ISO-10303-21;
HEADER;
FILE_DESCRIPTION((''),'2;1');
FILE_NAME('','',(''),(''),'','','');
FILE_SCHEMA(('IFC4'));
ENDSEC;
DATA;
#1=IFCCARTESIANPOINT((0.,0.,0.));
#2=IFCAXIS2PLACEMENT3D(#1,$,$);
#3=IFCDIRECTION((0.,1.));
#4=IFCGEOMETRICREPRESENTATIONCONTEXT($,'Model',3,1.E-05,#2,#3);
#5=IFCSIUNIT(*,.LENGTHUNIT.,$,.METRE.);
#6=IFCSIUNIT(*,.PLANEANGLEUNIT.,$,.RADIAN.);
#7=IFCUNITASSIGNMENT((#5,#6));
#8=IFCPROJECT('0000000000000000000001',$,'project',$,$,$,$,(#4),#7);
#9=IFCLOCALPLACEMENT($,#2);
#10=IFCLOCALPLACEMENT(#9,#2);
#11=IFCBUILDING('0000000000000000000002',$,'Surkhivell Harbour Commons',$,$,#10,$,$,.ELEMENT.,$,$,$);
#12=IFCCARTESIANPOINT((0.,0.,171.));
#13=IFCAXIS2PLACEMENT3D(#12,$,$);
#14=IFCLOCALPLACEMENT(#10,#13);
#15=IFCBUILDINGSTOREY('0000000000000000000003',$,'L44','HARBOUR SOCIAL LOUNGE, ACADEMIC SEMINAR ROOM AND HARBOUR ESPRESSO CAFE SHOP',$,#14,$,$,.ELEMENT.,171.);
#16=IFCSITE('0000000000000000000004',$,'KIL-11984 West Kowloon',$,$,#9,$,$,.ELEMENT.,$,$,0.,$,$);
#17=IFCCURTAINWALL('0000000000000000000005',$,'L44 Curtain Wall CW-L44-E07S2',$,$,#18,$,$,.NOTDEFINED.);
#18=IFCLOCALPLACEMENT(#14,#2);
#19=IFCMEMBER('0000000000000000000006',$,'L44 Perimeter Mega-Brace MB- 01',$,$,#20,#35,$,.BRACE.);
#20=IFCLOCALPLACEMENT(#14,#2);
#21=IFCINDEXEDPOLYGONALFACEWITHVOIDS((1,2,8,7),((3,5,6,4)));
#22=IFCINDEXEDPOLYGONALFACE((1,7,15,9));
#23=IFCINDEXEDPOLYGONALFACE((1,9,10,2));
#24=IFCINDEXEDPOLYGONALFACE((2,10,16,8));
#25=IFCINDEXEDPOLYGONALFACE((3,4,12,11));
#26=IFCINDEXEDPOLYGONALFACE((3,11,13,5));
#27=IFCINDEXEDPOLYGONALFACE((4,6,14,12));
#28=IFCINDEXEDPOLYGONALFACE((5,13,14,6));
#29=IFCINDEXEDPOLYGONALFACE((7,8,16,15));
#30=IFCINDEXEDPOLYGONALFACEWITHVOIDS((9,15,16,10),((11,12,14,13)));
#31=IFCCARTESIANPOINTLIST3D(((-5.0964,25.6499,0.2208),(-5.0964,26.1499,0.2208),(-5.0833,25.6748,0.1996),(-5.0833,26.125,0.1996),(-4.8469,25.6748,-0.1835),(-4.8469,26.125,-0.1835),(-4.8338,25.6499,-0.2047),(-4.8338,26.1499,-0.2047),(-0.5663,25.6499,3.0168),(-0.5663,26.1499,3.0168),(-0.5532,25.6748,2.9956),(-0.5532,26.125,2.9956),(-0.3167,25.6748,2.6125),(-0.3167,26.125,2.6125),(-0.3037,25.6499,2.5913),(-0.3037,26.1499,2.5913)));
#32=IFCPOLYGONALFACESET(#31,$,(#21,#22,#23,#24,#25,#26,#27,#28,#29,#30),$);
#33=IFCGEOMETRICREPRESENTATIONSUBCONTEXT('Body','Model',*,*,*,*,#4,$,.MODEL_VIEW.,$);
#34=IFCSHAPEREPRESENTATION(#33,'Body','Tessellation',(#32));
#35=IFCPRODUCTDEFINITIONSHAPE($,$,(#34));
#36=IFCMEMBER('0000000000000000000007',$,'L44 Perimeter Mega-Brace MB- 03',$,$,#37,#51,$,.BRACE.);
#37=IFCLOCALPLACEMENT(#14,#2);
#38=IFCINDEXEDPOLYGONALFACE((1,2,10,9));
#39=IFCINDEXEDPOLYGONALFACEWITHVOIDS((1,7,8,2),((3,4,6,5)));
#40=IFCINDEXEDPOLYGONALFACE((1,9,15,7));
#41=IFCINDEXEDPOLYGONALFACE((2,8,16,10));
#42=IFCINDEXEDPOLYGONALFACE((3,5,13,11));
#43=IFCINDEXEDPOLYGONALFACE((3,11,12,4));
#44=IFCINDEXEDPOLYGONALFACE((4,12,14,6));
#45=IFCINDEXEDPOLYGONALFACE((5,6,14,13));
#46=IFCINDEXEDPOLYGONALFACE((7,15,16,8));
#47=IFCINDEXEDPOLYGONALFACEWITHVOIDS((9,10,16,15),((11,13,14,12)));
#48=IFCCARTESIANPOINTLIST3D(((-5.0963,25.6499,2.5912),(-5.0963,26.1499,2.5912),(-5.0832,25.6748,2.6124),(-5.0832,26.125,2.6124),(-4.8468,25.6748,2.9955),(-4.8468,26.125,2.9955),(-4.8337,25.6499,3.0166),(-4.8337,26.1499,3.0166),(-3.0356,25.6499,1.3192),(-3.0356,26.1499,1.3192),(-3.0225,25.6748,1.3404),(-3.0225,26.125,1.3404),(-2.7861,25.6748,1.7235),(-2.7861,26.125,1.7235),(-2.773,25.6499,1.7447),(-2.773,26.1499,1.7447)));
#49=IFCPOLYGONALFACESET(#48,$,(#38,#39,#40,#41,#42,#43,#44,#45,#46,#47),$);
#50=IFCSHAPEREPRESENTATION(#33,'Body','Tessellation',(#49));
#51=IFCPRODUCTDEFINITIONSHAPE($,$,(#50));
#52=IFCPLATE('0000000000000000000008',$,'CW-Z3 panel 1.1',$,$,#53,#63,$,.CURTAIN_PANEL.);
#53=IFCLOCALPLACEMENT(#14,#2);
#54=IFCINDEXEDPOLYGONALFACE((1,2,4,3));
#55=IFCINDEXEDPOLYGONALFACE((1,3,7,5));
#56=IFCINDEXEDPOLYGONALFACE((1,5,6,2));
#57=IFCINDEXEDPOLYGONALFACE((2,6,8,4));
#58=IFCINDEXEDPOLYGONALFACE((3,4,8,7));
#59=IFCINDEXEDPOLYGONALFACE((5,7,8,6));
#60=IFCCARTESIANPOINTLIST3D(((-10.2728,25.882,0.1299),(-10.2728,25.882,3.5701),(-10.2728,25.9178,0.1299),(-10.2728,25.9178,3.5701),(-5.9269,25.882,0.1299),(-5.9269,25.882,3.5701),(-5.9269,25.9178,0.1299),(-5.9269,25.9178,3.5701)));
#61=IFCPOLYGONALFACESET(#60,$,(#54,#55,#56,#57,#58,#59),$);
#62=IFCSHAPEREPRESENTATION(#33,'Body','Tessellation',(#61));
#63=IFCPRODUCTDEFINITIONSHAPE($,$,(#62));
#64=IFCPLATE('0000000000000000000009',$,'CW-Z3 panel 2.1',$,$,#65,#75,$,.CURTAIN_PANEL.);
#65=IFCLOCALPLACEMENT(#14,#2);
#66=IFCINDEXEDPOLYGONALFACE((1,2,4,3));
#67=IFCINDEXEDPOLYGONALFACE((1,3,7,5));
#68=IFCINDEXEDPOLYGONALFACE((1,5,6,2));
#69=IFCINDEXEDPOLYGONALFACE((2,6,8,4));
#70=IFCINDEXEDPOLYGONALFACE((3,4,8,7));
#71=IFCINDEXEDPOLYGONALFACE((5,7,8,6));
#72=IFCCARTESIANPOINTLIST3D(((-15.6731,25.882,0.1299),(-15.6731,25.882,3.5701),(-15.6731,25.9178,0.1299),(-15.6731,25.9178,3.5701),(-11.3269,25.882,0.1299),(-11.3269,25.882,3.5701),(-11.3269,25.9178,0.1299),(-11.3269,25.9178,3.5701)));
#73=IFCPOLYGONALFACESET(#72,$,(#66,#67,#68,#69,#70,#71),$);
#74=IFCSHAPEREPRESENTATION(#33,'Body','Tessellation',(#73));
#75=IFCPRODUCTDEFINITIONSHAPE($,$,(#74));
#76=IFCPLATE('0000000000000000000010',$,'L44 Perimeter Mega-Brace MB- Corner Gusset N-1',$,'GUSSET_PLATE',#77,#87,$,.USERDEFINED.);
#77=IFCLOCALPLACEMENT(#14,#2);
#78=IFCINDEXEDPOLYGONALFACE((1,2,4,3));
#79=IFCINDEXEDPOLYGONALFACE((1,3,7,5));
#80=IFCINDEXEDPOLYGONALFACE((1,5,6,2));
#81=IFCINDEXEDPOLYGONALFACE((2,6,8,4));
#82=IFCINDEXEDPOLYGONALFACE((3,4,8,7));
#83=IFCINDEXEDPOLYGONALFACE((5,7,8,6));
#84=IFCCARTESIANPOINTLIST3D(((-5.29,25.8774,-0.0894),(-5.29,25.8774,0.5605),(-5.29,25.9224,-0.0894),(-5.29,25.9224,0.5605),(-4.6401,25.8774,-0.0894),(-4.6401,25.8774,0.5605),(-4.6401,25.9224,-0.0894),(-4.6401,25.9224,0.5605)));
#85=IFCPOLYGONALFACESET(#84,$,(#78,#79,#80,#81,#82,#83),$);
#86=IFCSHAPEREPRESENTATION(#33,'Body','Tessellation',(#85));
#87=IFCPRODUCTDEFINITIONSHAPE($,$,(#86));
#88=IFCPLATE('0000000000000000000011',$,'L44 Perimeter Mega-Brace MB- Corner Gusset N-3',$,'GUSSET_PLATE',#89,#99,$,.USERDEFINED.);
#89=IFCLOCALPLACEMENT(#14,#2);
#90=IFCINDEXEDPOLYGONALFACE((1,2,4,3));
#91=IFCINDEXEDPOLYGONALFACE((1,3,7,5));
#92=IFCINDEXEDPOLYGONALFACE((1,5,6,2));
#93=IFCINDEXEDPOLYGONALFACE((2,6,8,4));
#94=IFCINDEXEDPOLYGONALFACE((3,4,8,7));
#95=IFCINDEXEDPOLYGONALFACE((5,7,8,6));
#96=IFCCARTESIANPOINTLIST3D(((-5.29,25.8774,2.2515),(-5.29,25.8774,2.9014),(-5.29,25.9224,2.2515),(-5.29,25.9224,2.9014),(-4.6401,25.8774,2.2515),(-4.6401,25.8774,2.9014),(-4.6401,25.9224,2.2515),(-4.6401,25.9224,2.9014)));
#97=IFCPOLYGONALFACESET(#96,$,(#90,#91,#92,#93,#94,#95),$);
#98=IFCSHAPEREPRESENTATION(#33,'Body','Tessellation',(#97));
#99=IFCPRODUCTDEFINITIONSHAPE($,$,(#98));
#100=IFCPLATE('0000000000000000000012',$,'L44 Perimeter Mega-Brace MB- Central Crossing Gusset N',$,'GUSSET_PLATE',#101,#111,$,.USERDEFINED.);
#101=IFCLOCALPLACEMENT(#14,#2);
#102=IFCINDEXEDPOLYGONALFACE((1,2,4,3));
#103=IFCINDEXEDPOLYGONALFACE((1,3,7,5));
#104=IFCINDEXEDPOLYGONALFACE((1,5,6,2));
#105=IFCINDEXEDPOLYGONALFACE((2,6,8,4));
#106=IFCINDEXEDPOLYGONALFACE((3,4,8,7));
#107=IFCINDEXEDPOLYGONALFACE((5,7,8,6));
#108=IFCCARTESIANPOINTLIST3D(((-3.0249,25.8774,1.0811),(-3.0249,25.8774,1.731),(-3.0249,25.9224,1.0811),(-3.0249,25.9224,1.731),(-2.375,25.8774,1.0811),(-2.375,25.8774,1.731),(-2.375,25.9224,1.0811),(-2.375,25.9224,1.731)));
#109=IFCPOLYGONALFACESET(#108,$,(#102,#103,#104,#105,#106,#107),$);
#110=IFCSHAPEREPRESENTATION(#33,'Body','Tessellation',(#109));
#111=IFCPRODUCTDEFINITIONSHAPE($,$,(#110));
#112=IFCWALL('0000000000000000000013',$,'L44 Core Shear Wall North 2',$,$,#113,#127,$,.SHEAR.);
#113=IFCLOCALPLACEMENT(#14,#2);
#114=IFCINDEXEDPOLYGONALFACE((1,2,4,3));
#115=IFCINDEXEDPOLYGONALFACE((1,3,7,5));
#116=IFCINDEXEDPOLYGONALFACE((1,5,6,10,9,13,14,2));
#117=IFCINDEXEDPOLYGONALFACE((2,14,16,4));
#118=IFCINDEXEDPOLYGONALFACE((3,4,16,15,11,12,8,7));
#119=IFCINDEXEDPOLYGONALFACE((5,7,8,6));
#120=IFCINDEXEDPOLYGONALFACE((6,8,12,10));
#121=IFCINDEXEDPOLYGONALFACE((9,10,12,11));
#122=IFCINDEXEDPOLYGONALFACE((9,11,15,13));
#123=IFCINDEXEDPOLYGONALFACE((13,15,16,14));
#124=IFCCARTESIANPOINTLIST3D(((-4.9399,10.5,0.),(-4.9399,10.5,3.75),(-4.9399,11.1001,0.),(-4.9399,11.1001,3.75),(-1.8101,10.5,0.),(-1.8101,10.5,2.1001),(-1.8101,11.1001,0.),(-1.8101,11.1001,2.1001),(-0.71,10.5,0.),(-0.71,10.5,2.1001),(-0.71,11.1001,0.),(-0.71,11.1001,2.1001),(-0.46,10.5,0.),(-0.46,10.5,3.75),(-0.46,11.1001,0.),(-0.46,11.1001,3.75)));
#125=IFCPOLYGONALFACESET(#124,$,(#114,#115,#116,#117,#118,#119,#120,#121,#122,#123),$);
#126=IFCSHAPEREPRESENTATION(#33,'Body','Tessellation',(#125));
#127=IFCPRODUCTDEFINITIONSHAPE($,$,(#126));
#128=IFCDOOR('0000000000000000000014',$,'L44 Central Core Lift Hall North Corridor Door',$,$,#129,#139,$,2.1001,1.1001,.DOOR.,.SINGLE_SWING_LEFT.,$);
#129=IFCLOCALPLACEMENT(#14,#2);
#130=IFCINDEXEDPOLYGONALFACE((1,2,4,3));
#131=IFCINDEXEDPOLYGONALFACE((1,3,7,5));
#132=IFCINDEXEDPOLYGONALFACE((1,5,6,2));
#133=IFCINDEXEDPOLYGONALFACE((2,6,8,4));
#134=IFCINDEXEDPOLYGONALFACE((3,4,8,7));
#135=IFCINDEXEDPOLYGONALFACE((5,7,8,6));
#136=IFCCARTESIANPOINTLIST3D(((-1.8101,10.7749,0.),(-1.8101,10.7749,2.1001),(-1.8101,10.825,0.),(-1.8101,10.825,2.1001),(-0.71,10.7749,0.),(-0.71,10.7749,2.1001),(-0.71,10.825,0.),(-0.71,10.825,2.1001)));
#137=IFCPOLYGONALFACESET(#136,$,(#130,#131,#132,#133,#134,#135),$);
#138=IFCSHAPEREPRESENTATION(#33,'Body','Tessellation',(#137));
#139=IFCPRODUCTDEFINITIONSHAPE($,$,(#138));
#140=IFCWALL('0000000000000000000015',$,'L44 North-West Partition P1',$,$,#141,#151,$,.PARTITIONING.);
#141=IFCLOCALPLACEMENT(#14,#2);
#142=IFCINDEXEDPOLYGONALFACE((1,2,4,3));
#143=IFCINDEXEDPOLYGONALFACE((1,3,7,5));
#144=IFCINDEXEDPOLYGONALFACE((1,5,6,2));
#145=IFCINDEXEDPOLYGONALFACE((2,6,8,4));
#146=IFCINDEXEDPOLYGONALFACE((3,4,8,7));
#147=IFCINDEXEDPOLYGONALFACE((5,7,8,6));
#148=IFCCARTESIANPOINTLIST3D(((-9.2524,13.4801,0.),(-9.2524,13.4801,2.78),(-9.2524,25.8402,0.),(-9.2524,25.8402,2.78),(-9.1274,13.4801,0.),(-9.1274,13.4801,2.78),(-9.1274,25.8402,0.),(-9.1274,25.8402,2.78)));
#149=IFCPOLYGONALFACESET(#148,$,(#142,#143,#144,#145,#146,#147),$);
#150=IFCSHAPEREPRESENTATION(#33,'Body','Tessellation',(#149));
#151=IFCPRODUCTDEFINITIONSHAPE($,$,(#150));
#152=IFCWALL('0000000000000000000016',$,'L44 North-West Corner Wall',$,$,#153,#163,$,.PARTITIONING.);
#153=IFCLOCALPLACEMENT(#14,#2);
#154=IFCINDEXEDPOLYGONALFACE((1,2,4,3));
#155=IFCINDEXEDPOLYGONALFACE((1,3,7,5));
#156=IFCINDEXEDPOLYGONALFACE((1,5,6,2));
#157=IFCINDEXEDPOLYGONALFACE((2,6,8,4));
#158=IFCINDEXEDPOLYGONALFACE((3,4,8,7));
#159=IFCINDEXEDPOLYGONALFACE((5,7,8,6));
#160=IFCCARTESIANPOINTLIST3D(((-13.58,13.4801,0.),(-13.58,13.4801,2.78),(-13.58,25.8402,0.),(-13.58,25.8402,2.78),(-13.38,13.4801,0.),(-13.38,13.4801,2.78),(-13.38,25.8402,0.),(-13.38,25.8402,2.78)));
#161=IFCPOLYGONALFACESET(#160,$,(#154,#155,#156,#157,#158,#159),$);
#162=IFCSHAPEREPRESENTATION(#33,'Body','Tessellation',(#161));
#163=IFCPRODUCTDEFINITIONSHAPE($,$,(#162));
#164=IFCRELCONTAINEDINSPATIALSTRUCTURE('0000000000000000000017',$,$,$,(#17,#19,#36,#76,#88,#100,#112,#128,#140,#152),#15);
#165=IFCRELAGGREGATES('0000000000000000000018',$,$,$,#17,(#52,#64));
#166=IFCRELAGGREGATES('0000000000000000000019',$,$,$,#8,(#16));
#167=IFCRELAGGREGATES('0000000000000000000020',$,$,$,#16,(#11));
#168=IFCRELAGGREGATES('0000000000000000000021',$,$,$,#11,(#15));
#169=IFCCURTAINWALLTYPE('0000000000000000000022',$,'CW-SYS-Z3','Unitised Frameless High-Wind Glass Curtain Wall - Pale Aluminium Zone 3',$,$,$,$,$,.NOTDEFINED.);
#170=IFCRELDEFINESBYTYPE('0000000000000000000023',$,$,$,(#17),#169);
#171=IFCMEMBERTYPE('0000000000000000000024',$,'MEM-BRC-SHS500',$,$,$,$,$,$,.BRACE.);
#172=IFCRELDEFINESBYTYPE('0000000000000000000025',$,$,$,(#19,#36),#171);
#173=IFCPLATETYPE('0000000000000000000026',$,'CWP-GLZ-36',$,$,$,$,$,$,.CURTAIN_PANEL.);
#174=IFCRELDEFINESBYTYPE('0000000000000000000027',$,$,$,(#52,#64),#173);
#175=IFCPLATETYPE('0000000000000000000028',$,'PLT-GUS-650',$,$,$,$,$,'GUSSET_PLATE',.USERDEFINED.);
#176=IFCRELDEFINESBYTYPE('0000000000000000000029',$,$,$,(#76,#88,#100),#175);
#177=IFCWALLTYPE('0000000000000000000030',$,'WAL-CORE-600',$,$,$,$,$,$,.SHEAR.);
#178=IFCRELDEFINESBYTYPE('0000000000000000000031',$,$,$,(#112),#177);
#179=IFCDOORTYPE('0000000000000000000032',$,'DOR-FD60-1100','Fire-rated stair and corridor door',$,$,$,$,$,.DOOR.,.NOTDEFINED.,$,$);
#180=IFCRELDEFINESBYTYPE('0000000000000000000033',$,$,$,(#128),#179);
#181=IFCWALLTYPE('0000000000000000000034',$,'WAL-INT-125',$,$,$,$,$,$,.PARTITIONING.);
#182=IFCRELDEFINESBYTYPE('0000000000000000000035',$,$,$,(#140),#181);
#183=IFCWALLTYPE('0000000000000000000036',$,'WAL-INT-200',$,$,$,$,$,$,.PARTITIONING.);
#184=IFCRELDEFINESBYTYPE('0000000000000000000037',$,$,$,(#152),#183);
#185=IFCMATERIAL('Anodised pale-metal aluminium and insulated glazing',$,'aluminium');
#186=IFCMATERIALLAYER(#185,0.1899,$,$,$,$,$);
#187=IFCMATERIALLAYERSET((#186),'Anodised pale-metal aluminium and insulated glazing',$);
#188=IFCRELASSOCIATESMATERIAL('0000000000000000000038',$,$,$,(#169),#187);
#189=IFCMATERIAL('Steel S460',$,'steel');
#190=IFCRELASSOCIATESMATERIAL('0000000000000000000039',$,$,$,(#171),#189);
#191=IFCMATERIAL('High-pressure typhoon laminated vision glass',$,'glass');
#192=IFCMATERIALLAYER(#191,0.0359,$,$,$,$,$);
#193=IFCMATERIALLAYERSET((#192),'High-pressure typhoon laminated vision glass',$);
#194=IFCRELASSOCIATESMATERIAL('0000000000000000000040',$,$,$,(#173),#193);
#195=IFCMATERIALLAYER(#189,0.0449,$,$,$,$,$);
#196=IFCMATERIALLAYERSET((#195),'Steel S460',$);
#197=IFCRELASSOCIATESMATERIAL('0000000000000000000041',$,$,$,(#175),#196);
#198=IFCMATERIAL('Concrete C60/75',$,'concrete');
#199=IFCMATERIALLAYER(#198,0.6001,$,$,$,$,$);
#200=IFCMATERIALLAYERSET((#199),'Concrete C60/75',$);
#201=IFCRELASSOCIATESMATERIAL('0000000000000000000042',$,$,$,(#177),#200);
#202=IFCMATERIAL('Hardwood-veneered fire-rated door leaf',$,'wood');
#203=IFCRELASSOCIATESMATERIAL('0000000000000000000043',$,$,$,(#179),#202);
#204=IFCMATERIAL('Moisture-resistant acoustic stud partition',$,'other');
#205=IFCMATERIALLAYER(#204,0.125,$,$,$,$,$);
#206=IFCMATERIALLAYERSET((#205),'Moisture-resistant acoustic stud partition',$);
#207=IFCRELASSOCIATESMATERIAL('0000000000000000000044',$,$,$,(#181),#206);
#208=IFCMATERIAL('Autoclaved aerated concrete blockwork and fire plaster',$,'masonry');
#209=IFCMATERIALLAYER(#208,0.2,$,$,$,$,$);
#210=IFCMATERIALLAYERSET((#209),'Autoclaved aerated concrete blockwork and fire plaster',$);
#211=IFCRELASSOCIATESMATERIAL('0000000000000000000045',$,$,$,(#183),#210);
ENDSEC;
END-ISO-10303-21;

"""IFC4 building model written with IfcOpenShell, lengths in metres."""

from ifc_helpers import new_model, si_unit, direction, frame, frame_2d, origin, origin_2d, place, context, subcontext, project, spatial, rectangle, hollow_rectangle, extrude, material, layer, layer_set, material_profile, profile_set, type_object, element, fill, aggregate, save


model = new_model("IFC4")

# Units and contexts
model_context = context("Model", 3, precision=1e-05, world=origin(), true_north=direction((0.0, 1.0)))
body_context = subcontext(model_context, "Body", "Model", "MODEL_VIEW")
ifc_project = project(units=[si_unit("LENGTHUNIT", "METRE"), si_unit("PLANEANGLEUNIT", "RADIAN")], contexts=[model_context])

# Site, building, storey
site_placement = place(None, origin())
site = spatial("IfcSite", under=ifc_project, at=site_placement, Name="KIL-11984 West Kowloon", CompositionType="ELEMENT", RefElevation=0.0)
building_placement = place(site_placement, origin())
building = spatial("IfcBuilding", under=site, at=building_placement, Name="Surkhivell Harbour Commons", CompositionType="ELEMENT")
storey_placement = place(building_placement, frame((0.0, 0.0, 171.0)))
storey = spatial("IfcBuildingStorey", under=building, at=storey_placement, Name="L44", Description="HARBOUR SOCIAL LOUNGE, ACADEMIC SEMINAR ROOM AND HARBOUR ESPRESSO CAFE SHOP", CompositionType="ELEMENT", Elevation=171.0)

# Shared definitions
ifc_material_1 = material(Name="Concrete C60/75", Category="concrete")

# Curtain wall
ifc_material_2 = material(Name="Anodised pale-metal aluminium and insulated glazing", Category="aluminium")
ifc_layer_1 = layer(ifc_material_2, 0.1899)
ifc_layer_set_1 = layer_set([ifc_layer_1], Name="Anodised pale-metal aluminium and insulated glazing")
curtain_wall_type = type_object("IfcCurtainWallType", Name="CW-SYS-Z3", Description="Unitised Frameless High-Wind Glass Curtain Wall - Pale Aluminium Zone 3", PredefinedType="NOTDEFINED", material=ifc_layer_set_1)
curtain_wall_placement = place(storey_placement, origin())
curtain_wall = element("IfcCurtainWall", 1, at=curtain_wall_placement, inside=storey, type_object=curtain_wall_type, Name="L44 Curtain Wall CW-L44-E07S2", PredefinedType="NOTDEFINED")

# Members
ifc_material_3 = material(Name="Steel S460", Category="steel")
ifc_material_profile_1 = material_profile(ifc_material_3, hollow_rectangle(XDim=0.5, YDim=0.5, WallThickness=0.0249, at=origin_2d()), Name="SHS500x500x25")
ifc_profile_set_1 = profile_set([ifc_material_profile_1], Name="Steel S460")
member_type_1 = type_object("IfcMemberType", Name="MEM-BRC-SHS500", PredefinedType="BRACE", material=ifc_profile_set_1)
member_1_placement = place(storey_placement, frame((-4.9651, 25.8999, 0.0081), z_axis=(0.850971, 0.0, 0.525213), x_axis=(0.0, 1.0, 0.0)))
element("IfcMember", 2, at=member_1_placement, inside=storey, type_object=member_type_1, Name="L44 Perimeter Mega-Brace MB- 01", PredefinedType="BRACE", context=body_context, shape_type="SweptSolid", body=[
    extrude(hollow_rectangle(XDim=0.5, YDim=0.5, WallThickness=0.0249, at=origin_2d()), origin(), (0.0, 0.0, 1.0), 5.3235),
])
member_2_placement = place(storey_placement, frame((-2.9043, 25.8999, 1.532), z_axis=(-0.850958, 0.0, 0.525233), x_axis=(0.0, -1.0, 0.0)))
element("IfcMember", 3, at=member_2_placement, inside=storey, type_object=member_type_1, Name="L44 Perimeter Mega-Brace MB- 03", PredefinedType="BRACE", context=body_context, shape_type="SweptSolid", body=[
    extrude(hollow_rectangle(XDim=0.5, YDim=0.5, WallThickness=0.0249, at=origin_2d()), origin(), (0.0, 0.0, 1.0), 2.4216),
])

# Plates
ifc_material_4 = material(Name="High-pressure typhoon laminated vision glass", Category="glass")
ifc_layer_2 = layer(ifc_material_4, 0.0359)
ifc_layer_set_2 = layer_set([ifc_layer_2], Name="High-pressure typhoon laminated vision glass")
plate_type_1 = type_object("IfcPlateType", Name="CWP-GLZ-36", PredefinedType="CURTAIN_PANEL", material=ifc_layer_set_2)
plate_1_placement = place(storey_placement, frame((-5.927, 25.8999, 0.1299), z_axis=(0.0, 0.0, 1.0), x_axis=(-1.0, 0.0, 0.0)))
plate_1 = element("IfcPlate", 4, at=plate_1_placement, type_object=plate_type_1, Name="CW-Z3 panel 1.1", PredefinedType="CURTAIN_PANEL", context=body_context, shape_type="SweptSolid", body=[
    extrude(rectangle(XDim=4.3459, YDim=0.0359, at=frame_2d((2.1729, 0.0))), origin(), (0.0, 0.0, 1.0), 3.4402),
])
plate_2_placement = place(storey_placement, frame((-11.3269, 25.8999, 0.1299), z_axis=(0.0, 0.0, 1.0), x_axis=(-1.0, 0.0, 0.0)))
plate_2 = element("IfcPlate", 5, at=plate_2_placement, type_object=plate_type_1, Name="CW-Z3 panel 2.1", PredefinedType="CURTAIN_PANEL", context=body_context, shape_type="SweptSolid", body=[
    extrude(rectangle(XDim=4.3462, YDim=0.0359, at=frame_2d((2.1731, 0.0))), origin(), (0.0, 0.0, 1.0), 3.4402),
])
aggregate(curtain_wall, [plate_1, plate_2])

# Plates
ifc_layer_3 = layer(ifc_material_3, 0.0449)
ifc_layer_set_3 = layer_set([ifc_layer_3], Name="Steel S460")
plate_type_2 = type_object("IfcPlateType", Name="PLT-GUS-650", ElementType="GUSSET_PLATE", PredefinedType="USERDEFINED", material=ifc_layer_set_3)
for number, where, z_axis, x_axis, name in (
    (6, (-4.9651, 25.8999, -0.0894), (0.0, 0.0, 1.0), (1.0, 0.0, 0.0), "L44 Perimeter Mega-Brace MB- Corner Gusset N-1"),
    (7, (-4.9651, 25.8999, 2.2515), (0.0, 0.0, 1.0), (1.0, 0.0, 0.0), "L44 Perimeter Mega-Brace MB- Corner Gusset N-3"),
    (8, (-2.7, 25.8999, 1.0811), (0.0, 0.0, 1.0), (1.0, 0.0, 0.0), "L44 Perimeter Mega-Brace MB- Central Crossing Gusset N"),
):
    element("IfcPlate", number, at=place(storey_placement, frame(where, z_axis=z_axis, x_axis=x_axis)), inside=storey, type_object=plate_type_2, Name=name, ObjectType="GUSSET_PLATE", PredefinedType="USERDEFINED", context=body_context, shape_type="SweptSolid", body=[
        extrude(rectangle(XDim=0.6499, YDim=0.0449, at=origin_2d()), origin(), (0.0, 0.0, 1.0), 0.6499),
    ])

# Wall, opening, door
ifc_layer_4 = layer(ifc_material_1, 0.6001)
ifc_layer_set_4 = layer_set([ifc_layer_4], Name="Concrete C60/75")
wall_type_1 = type_object("IfcWallType", Name="WAL-CORE-600", PredefinedType="SHEAR", material=ifc_layer_set_4)
wall_1_placement = place(storey_placement, frame((-4.9399, 10.8, 0.0), z_axis=(0.0, 0.0, 1.0), x_axis=(1.0, 0.0, 0.0)))
wall_1 = element("IfcWall", 9, at=wall_1_placement, inside=storey, type_object=wall_type_1, Name="L44 Core Shear Wall North 2", PredefinedType="SHEAR", context=body_context, shape_type="SweptSolid", body=[
    extrude(rectangle(XDim=4.48, YDim=0.6001, at=frame_2d((2.24, 0.0))), origin(), (0.0, 0.0, 1.0), 3.75),
])
opening_1_placement = place(wall_1_placement, frame((3.1299, 0.0, 0.0)))
opening_1 = element("IfcOpeningElement", 10, at=opening_1_placement, cuts=wall_1, PredefinedType="OPENING", context=body_context, shape_type="SweptSolid", body=[
    extrude(rectangle(XDim=1.1001, YDim=2.1001, at=frame_2d((0.55, 1.05))), frame((0.0, 0.3101, 0.0), z_axis=(0.0, -1.0, 0.0), x_axis=(1.0, 0.0, 0.0)), (0.0, 0.0, 1.0), 0.6201),
])
ifc_material_5 = material(Name="Hardwood-veneered fire-rated door leaf", Category="wood")
door_type_1 = type_object("IfcDoorType", Name="DOR-FD60-1100", Description="Fire-rated stair and corridor door", OperationType="NOTDEFINED", PredefinedType="DOOR", material=ifc_material_5)
door_1_placement = place(opening_1_placement, origin())
door_1 = element("IfcDoor", 11, at=door_1_placement, inside=storey, type_object=door_type_1, Name="L44 Central Core Lift Hall North Corridor Door", OperationType="SINGLE_SWING_LEFT", OverallHeight=2.1001, OverallWidth=1.1001, PredefinedType="DOOR", context=body_context, shape_type="SweptSolid", body=[
    extrude(rectangle(XDim=1.1001, YDim=2.1001, at=frame_2d((0.55, 1.05))), frame((0.0, 0.0249, 0.0), z_axis=(0.0, -1.0, 0.0), x_axis=(1.0, 0.0, 0.0)), (0.0, 0.0, 1.0), 0.05),
])
fill(opening_1, door_1)

# Walls
ifc_material_6 = material(Name="Moisture-resistant acoustic stud partition", Category="other")
ifc_layer_5 = layer(ifc_material_6, 0.125)
ifc_layer_set_5 = layer_set([ifc_layer_5], Name="Moisture-resistant acoustic stud partition")
wall_type_2 = type_object("IfcWallType", Name="WAL-INT-125", PredefinedType="PARTITIONING", material=ifc_layer_set_5)
wall_2_placement = place(storey_placement, frame((-9.1899, 13.48, 0.0), z_axis=(0.0, 0.0, 1.0), x_axis=(0.0, 1.0, 0.0)))
element("IfcWall", 12, at=wall_2_placement, inside=storey, type_object=wall_type_2, Name="L44 North-West Partition P1", PredefinedType="PARTITIONING", context=body_context, shape_type="SweptSolid", body=[
    extrude(rectangle(XDim=12.3601, YDim=0.125, at=frame_2d((6.1802, 0.0))), origin(), (0.0, 0.0, 1.0), 2.78),
])
ifc_material_7 = material(Name="Autoclaved aerated concrete blockwork and fire plaster", Category="masonry")
ifc_layer_6 = layer(ifc_material_7, 0.2)
ifc_layer_set_6 = layer_set([ifc_layer_6], Name="Autoclaved aerated concrete blockwork and fire plaster")
wall_type_3 = type_object("IfcWallType", Name="WAL-INT-200", PredefinedType="PARTITIONING", material=ifc_layer_set_6)
wall_3_placement = place(storey_placement, frame((-13.48, 13.48, 0.0), z_axis=(0.0, 0.0, 1.0), x_axis=(0.0, 1.0, 0.0)))
element("IfcWall", 13, at=wall_3_placement, inside=storey, type_object=wall_type_3, Name="L44 North-West Corner Wall", PredefinedType="PARTITIONING", context=body_context, shape_type="SweptSolid", body=[
    extrude(rectangle(XDim=12.3601, YDim=0.2, at=frame_2d((6.1802, 0.0))), origin(), (0.0, 0.0, 1.0), 2.78),
])

save(model, "model.ifc")
